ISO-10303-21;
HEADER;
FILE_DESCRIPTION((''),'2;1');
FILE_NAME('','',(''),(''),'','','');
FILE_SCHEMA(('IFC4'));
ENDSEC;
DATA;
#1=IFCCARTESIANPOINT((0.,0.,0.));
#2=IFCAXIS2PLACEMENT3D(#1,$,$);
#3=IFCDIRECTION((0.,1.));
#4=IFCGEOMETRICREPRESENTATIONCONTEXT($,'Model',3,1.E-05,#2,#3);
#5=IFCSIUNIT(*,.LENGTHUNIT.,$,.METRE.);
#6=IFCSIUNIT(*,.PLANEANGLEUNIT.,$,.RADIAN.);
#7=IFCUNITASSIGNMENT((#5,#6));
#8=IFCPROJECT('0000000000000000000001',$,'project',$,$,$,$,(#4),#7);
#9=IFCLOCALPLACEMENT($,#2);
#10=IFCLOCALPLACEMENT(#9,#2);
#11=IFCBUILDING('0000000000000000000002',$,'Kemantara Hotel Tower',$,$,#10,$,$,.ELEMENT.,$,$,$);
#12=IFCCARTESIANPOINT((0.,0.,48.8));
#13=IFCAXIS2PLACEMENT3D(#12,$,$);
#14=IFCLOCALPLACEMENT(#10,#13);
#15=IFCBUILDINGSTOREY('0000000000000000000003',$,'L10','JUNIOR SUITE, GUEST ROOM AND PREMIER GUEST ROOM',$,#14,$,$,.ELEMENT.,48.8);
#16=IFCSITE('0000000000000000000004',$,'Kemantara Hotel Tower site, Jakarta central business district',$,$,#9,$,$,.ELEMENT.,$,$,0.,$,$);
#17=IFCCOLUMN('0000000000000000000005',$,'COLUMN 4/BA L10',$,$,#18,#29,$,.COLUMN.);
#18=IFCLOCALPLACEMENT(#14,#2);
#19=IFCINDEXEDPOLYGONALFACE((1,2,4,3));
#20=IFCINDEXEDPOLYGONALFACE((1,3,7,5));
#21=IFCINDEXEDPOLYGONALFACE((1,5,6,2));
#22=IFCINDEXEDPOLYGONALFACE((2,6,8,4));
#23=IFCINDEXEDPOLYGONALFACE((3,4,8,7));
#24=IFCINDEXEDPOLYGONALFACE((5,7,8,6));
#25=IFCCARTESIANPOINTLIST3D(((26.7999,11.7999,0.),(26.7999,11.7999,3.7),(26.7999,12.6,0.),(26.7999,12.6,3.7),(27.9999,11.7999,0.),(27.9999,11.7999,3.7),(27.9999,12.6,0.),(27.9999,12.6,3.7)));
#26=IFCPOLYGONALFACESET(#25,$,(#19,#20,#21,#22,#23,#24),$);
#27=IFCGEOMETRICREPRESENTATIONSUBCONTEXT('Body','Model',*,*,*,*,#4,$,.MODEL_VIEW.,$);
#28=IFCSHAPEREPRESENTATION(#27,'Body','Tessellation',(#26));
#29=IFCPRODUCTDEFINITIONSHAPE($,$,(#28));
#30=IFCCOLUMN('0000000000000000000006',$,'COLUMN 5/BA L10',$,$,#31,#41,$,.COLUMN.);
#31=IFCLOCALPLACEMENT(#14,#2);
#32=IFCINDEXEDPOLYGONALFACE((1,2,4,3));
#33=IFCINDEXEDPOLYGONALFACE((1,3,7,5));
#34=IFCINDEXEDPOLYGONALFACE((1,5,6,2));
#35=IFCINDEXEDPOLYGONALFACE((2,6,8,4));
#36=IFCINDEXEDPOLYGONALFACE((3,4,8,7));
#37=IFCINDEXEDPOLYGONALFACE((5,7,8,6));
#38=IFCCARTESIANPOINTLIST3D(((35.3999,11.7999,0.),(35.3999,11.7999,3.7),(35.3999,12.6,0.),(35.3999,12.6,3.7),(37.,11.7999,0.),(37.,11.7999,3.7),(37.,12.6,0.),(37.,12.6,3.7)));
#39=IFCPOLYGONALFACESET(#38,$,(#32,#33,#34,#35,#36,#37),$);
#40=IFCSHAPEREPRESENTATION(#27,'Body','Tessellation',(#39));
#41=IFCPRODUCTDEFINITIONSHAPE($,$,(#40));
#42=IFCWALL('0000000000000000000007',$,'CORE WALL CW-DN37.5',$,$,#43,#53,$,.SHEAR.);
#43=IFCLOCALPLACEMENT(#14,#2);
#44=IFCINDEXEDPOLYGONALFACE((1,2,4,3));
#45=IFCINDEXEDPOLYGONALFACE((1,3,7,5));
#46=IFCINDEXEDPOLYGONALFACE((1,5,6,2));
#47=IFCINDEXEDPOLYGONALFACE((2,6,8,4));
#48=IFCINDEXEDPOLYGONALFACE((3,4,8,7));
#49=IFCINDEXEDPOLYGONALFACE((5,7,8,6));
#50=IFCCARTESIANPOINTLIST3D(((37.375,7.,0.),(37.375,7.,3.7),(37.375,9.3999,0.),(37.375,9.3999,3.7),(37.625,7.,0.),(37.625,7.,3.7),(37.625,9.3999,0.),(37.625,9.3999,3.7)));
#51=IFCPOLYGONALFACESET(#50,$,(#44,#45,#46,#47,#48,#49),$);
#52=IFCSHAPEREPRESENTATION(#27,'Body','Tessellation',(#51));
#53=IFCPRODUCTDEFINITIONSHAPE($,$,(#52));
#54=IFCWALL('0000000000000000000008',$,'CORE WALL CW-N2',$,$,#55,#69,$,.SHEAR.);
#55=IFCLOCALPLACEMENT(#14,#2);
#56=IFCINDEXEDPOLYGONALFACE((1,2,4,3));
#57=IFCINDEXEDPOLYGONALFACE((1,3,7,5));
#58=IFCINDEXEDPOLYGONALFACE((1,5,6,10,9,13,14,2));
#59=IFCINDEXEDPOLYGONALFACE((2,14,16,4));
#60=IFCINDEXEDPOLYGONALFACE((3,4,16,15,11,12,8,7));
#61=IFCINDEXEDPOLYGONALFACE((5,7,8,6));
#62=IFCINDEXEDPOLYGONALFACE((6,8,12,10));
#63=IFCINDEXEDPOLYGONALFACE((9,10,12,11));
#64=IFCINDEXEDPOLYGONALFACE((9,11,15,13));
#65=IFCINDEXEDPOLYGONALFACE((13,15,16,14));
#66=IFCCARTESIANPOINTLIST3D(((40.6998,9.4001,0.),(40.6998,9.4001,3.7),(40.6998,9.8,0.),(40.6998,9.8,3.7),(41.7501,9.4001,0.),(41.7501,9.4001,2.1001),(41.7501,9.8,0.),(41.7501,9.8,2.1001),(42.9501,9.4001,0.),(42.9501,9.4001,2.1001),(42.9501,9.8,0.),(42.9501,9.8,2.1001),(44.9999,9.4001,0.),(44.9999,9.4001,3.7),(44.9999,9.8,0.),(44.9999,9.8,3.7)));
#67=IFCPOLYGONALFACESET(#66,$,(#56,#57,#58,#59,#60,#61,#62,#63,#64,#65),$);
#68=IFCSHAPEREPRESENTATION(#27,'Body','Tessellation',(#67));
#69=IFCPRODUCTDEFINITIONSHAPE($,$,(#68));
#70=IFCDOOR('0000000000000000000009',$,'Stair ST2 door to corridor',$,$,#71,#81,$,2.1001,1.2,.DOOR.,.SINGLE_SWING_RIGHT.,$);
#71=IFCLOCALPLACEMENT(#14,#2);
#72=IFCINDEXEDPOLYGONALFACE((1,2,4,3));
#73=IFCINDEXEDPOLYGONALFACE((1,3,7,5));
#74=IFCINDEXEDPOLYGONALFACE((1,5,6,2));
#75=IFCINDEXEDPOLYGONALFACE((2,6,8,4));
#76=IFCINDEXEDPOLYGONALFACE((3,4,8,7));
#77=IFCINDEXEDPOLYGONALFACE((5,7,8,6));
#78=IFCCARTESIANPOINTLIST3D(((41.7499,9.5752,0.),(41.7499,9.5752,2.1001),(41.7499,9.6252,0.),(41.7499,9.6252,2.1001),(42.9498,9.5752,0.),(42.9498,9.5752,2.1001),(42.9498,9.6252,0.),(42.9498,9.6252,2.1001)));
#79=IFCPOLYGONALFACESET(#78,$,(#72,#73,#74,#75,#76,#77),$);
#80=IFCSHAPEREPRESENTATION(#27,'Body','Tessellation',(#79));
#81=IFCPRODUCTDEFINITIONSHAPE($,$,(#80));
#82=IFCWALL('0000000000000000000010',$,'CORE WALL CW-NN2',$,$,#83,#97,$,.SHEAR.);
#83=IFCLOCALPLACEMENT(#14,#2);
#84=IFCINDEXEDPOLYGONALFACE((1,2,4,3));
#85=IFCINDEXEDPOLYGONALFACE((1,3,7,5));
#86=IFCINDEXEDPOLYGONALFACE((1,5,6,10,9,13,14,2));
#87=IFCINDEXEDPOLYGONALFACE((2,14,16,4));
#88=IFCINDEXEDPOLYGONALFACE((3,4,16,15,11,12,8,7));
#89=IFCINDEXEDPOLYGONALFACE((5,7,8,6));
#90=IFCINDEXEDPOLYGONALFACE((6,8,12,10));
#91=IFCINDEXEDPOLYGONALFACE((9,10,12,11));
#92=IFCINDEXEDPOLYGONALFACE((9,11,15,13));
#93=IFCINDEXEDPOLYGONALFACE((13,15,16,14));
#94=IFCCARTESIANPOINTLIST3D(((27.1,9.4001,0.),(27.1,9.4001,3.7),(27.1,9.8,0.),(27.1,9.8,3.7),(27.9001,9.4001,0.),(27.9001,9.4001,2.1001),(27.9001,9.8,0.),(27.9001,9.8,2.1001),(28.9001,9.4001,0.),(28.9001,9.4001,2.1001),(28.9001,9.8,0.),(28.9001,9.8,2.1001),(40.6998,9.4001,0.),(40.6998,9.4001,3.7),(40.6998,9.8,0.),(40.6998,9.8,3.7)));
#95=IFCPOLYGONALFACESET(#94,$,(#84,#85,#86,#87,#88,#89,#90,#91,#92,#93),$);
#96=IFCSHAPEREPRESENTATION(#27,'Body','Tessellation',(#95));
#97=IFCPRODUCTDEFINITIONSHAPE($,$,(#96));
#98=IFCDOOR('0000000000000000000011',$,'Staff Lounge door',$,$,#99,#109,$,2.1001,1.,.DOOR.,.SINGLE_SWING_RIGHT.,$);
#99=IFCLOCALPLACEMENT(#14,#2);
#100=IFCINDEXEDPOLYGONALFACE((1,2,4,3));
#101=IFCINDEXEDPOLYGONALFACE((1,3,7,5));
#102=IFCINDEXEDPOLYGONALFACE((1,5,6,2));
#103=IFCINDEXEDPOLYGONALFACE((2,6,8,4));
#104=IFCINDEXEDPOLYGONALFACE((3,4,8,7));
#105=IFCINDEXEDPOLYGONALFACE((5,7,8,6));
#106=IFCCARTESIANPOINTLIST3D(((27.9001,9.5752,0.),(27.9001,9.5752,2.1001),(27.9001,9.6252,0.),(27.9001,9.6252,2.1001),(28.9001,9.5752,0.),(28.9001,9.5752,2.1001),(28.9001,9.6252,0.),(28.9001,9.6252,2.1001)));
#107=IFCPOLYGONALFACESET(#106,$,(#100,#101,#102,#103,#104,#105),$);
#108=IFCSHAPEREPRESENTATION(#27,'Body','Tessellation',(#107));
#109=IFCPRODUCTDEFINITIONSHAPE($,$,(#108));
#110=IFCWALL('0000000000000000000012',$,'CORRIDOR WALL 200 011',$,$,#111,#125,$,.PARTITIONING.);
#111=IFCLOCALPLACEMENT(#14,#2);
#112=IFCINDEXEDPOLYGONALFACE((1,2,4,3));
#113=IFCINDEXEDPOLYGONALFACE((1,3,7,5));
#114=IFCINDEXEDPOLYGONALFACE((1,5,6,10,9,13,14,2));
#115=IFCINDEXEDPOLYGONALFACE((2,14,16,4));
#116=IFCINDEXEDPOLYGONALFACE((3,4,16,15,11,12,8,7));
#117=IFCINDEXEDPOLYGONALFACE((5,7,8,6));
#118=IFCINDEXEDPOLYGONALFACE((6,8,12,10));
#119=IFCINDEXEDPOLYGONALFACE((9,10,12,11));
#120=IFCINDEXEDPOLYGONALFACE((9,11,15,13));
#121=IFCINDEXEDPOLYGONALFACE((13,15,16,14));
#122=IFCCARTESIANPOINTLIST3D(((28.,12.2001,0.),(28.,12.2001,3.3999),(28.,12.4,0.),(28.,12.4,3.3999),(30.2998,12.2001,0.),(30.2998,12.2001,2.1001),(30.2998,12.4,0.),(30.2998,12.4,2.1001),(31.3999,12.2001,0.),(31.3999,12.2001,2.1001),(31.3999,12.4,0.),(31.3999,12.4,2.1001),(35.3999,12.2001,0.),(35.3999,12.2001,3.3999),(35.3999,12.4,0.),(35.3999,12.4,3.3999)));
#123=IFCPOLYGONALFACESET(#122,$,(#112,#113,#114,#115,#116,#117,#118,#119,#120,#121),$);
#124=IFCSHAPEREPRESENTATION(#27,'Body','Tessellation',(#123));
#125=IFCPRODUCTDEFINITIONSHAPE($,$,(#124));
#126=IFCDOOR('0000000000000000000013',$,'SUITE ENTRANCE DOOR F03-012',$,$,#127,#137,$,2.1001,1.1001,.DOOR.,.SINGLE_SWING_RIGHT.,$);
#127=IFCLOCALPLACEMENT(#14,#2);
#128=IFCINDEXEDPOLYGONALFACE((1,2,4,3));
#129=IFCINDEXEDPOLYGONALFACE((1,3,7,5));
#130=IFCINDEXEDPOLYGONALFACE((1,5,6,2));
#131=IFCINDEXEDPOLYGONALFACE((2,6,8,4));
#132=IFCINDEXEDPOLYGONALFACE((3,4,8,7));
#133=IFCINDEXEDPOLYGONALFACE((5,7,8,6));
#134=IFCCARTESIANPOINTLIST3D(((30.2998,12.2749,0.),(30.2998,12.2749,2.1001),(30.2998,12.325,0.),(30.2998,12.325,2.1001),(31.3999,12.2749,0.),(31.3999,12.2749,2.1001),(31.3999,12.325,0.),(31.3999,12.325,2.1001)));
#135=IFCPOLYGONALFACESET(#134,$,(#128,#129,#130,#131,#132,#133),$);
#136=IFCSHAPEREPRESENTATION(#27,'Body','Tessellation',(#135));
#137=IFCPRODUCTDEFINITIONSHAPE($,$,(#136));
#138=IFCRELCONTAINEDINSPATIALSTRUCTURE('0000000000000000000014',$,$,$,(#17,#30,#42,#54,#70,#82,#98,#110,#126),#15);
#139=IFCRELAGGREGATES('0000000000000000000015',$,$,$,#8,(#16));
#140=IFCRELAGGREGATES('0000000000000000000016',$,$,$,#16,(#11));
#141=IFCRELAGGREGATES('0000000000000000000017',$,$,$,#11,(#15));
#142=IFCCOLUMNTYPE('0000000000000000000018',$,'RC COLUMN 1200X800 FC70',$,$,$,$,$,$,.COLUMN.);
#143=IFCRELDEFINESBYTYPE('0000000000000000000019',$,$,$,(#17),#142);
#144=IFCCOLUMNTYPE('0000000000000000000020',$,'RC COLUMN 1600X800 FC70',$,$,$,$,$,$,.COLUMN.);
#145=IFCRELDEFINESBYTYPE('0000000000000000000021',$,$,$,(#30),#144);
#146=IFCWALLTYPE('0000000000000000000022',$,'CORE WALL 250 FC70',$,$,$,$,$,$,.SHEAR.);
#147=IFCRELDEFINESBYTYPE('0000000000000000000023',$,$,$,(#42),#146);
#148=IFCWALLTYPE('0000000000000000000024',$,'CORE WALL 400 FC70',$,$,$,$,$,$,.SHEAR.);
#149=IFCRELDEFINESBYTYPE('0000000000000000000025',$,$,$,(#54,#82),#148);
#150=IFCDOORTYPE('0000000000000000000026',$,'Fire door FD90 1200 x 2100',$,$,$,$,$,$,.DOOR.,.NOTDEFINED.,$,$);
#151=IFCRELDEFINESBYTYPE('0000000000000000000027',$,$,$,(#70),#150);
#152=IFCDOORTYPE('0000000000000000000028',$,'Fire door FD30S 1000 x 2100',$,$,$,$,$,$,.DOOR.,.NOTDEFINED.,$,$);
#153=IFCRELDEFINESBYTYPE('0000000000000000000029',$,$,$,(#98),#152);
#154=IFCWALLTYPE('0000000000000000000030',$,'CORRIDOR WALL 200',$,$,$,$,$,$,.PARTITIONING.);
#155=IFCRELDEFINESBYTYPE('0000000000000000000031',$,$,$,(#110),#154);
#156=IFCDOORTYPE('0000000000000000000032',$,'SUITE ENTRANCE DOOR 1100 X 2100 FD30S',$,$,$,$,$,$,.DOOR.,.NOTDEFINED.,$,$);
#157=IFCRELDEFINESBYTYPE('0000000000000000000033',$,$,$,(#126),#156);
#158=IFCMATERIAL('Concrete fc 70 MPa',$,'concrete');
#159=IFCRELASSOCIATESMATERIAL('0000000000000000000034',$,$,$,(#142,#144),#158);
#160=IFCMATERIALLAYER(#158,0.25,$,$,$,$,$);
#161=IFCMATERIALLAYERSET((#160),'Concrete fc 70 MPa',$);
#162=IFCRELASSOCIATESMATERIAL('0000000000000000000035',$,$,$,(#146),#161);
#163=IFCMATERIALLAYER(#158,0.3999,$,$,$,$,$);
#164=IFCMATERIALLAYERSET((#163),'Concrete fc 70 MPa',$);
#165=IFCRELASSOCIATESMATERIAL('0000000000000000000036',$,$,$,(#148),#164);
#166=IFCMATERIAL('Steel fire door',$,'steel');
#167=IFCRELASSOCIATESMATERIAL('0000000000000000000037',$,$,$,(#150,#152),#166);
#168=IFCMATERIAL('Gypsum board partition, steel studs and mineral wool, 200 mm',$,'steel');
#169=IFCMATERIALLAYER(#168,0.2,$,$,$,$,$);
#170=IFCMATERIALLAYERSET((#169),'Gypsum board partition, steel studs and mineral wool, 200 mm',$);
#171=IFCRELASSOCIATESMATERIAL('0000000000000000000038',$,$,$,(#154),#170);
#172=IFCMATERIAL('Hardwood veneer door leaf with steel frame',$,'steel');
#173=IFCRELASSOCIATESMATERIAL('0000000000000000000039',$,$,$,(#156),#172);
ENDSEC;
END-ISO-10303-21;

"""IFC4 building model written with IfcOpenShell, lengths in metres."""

from ifc_helpers import new_model, si_unit, direction, frame, frame_2d, origin, origin_2d, place, context, subcontext, project, spatial, rectangle, extrude, material, layer, layer_set, material_profile, profile_set, type_object, element, fill, save


model = new_model("IFC4")

# Units and contexts
model_context = context("Model", 3, precision=1e-05, world=origin(), true_north=direction((0.0, 1.0)))
body_context = subcontext(model_context, "Body", "Model", "MODEL_VIEW")
ifc_project = project(units=[si_unit("LENGTHUNIT", "METRE"), si_unit("PLANEANGLEUNIT", "RADIAN")], contexts=[model_context])

# Site, building, storey
site_placement = place(None, origin())
site = spatial("IfcSite", under=ifc_project, at=site_placement, Name="Kemantara Hotel Tower site, Jakarta central business district", CompositionType="ELEMENT", RefElevation=0.0)
building_placement = place(site_placement, origin())
building = spatial("IfcBuilding", under=site, at=building_placement, Name="Kemantara Hotel Tower", CompositionType="ELEMENT")
storey_placement = place(building_placement, frame((0.0, 0.0, 48.8)))
storey = spatial("IfcBuildingStorey", under=building, at=storey_placement, Name="L10", Description="JUNIOR SUITE, GUEST ROOM AND PREMIER GUEST ROOM", CompositionType="ELEMENT", Elevation=48.8)

# Columns
ifc_material_1 = material(Name="Concrete fc 70 MPa", Category="concrete")
ifc_material_profile_1 = material_profile(ifc_material_1, rectangle(XDim=1.2, YDim=0.8, at=origin_2d()), Name="RC 1200X800")
ifc_profile_set_1 = profile_set([ifc_material_profile_1], Name="Concrete fc 70 MPa")
column_type_1 = type_object("IfcColumnType", Name="RC COLUMN 1200X800 FC70", PredefinedType="COLUMN", material=ifc_profile_set_1)
column_1_placement = place(storey_placement, frame((27.3999, 12.2, 0.0), z_axis=(0.0, 0.0, 1.0), x_axis=(1.0, 0.0, 0.0)))
element("IfcColumn", 1, at=column_1_placement, inside=storey, type_object=column_type_1, Name="COLUMN 4/BA L10", PredefinedType="COLUMN", context=body_context, shape_type="SweptSolid", body=[
    extrude(rectangle(XDim=1.2, YDim=0.8, at=origin_2d()), origin(), (0.0, 0.0, 1.0), 3.7),
])
ifc_material_profile_2 = material_profile(ifc_material_1, rectangle(XDim=1.6001, YDim=0.8, at=origin_2d()), Name="RC 1600X800")
ifc_profile_set_2 = profile_set([ifc_material_profile_2], Name="Concrete fc 70 MPa")
column_type_2 = type_object("IfcColumnType", Name="RC COLUMN 1600X800 FC70", PredefinedType="COLUMN", material=ifc_profile_set_2)
column_2_placement = place(storey_placement, frame((36.2, 12.2, 0.0), z_axis=(0.0, 0.0, 1.0), x_axis=(1.0, 0.0, 0.0)))
element("IfcColumn", 2, at=column_2_placement, inside=storey, type_object=column_type_2, Name="COLUMN 5/BA L10", PredefinedType="COLUMN", context=body_context, shape_type="SweptSolid", body=[
    extrude(rectangle(XDim=1.6001, YDim=0.8, at=origin_2d()), origin(), (0.0, 0.0, 1.0), 3.7),
])

# Wall
ifc_layer_1 = layer(ifc_material_1, 0.25)
ifc_layer_set_1 = layer_set([ifc_layer_1], Name="Concrete fc 70 MPa")
wall_type_1 = type_object("IfcWallType", Name="CORE WALL 250 FC70", PredefinedType="SHEAR", material=ifc_layer_set_1)
wall_1_placement = place(storey_placement, frame((37.5, 7.0, 0.0), z_axis=(0.0, 0.0, 1.0), x_axis=(0.0, 1.0, 0.0)))
element("IfcWall", 3, at=wall_1_placement, inside=storey, type_object=wall_type_1, Name="CORE WALL CW-DN37.5", PredefinedType="SHEAR", context=body_context, shape_type="SweptSolid", body=[
    extrude(rectangle(XDim=2.3999, YDim=0.25, at=frame_2d((1.2, 0.0))), origin(), (0.0, 0.0, 1.0), 3.7),
])

# Walls, openings, doors
ifc_layer_2 = layer(ifc_material_1, 0.3999)
ifc_layer_set_2 = layer_set([ifc_layer_2], Name="Concrete fc 70 MPa")
wall_type_2 = type_object("IfcWallType", Name="CORE WALL 400 FC70", PredefinedType="SHEAR", material=ifc_layer_set_2)
wall_2_placement = place(storey_placement, frame((40.7, 9.6001, 0.0), z_axis=(0.0, 0.0, 1.0), x_axis=(1.0, 0.0, 0.0)))
wall_2 = element("IfcWall", 4, at=wall_2_placement, inside=storey, type_object=wall_type_2, Name="CORE WALL CW-N2", PredefinedType="SHEAR", context=body_context, shape_type="SweptSolid", body=[
    extrude(rectangle(XDim=4.3, YDim=0.3999, at=frame_2d((2.1499, 0.0))), origin(), (0.0, 0.0, 1.0), 3.7),
])
opening_1_placement = place(wall_2_placement, frame((1.05, 0.0, 0.0)))
opening_1 = element("IfcOpeningElement", 5, at=opening_1_placement, cuts=wall_2, PredefinedType="OPENING", context=body_context, shape_type="SweptSolid", body=[
    extrude(rectangle(XDim=1.2, YDim=2.1001, at=frame_2d((0.6001, 1.05))), frame((0.0, 0.21, 0.0), z_axis=(0.0, -1.0, 0.0), x_axis=(1.0, 0.0, 0.0)), (0.0, 0.0, 1.0), 0.4199),
])
ifc_material_2 = material(Name="Steel fire door", Category="steel")
door_type_1 = type_object("IfcDoorType", Name="Fire door FD90 1200 x 2100", OperationType="NOTDEFINED", PredefinedType="DOOR", material=ifc_material_2)
door_1_placement = place(opening_1_placement, frame((1.2, 0.0, 0.0), z_axis=(0.0, 0.0, 1.0), x_axis=(-1.0, 0.0, 0.0)))
door_1 = element("IfcDoor", 6, at=door_1_placement, inside=storey, type_object=door_type_1, Name="Stair ST2 door to corridor", OperationType="SINGLE_SWING_RIGHT", OverallHeight=2.1001, OverallWidth=1.2, PredefinedType="DOOR", context=body_context, shape_type="SweptSolid", body=[
    extrude(rectangle(XDim=1.2, YDim=2.1001, at=frame_2d((0.6001, 1.05))), frame((0.0, 0.0249, 0.0), z_axis=(0.0, -1.0, 0.0), x_axis=(1.0, 0.0, 0.0)), (0.0, 0.0, 1.0), 0.05),
])
fill(opening_1, door_1)
wall_3_placement = place(storey_placement, frame((27.1001, 9.6001, 0.0), z_axis=(0.0, 0.0, 1.0), x_axis=(1.0, 0.0, 0.0)))
wall_3 = element("IfcWall", 7, at=wall_3_placement, inside=storey, type_object=wall_type_2, Name="CORE WALL CW-NN2", PredefinedType="SHEAR", context=body_context, shape_type="SweptSolid", body=[
    extrude(rectangle(XDim=13.5999, YDim=0.3999, at=frame_2d((6.7998, 0.0))), origin(), (0.0, 0.0, 1.0), 3.7),
])
opening_2_placement = place(wall_3_placement, frame((0.8, 0.0, 0.0)))
opening_2 = element("IfcOpeningElement", 8, at=opening_2_placement, cuts=wall_3, PredefinedType="OPENING", context=body_context, shape_type="SweptSolid", body=[
    extrude(rectangle(XDim=1.0, YDim=2.1001, at=frame_2d((0.5, 1.05))), frame((0.0, 0.21, 0.0), z_axis=(0.0, -1.0, 0.0), x_axis=(1.0, 0.0, 0.0)), (0.0, 0.0, 1.0), 0.4199),
])
door_type_2 = type_object("IfcDoorType", Name="Fire door FD30S 1000 x 2100", OperationType="NOTDEFINED", PredefinedType="DOOR", material=ifc_material_2)
door_2_placement = place(opening_2_placement, frame((1.0, 0.0, 0.0), z_axis=(0.0, 0.0, 1.0), x_axis=(-1.0, 0.0, 0.0)))
door_2 = element("IfcDoor", 9, at=door_2_placement, inside=storey, type_object=door_type_2, Name="Staff Lounge door", OperationType="SINGLE_SWING_RIGHT", OverallHeight=2.1001, OverallWidth=1.0, PredefinedType="DOOR", context=body_context, shape_type="SweptSolid", body=[
    extrude(rectangle(XDim=1.0, YDim=2.1001, at=frame_2d((0.5, 1.05))), frame((0.0, 0.0249, 0.0), z_axis=(0.0, -1.0, 0.0), x_axis=(1.0, 0.0, 0.0)), (0.0, 0.0, 1.0), 0.05),
])
fill(opening_2, door_2)
ifc_material_3 = material(Name="Gypsum board partition, steel studs and mineral wool, 200 mm", Category="steel")
ifc_layer_3 = layer(ifc_material_3, 0.2)
ifc_layer_set_3 = layer_set([ifc_layer_3], Name="Gypsum board partition, steel studs and mineral wool, 200 mm")
wall_type_3 = type_object("IfcWallType", Name="CORRIDOR WALL 200", PredefinedType="PARTITIONING", material=ifc_layer_set_3)
wall_4_placement = place(storey_placement, frame((28.0, 12.3, 0.0), z_axis=(0.0, 0.0, 1.0), x_axis=(1.0, 0.0, 0.0)))
wall_4 = element("IfcWall", 10, at=wall_4_placement, inside=storey, type_object=wall_type_3, Name="CORRIDOR WALL 200 011", PredefinedType="PARTITIONING", context=body_context, shape_type="SweptSolid", body=[
    extrude(rectangle(XDim=7.3999, YDim=0.2, at=frame_2d((3.7, 0.0))), origin(), (0.0, 0.0, 1.0), 3.3999),
])
opening_3_placement = place(wall_4_placement, frame((2.2998, 0.0, 0.0)))
opening_3 = element("IfcOpeningElement", 11, at=opening_3_placement, cuts=wall_4, PredefinedType="OPENING", context=body_context, shape_type="SweptSolid", body=[
    extrude(rectangle(XDim=1.1001, YDim=2.1001, at=frame_2d((0.55, 1.05))), frame((0.0, 0.1099, 0.0), z_axis=(0.0, -1.0, 0.0), x_axis=(1.0, 0.0, 0.0)), (0.0, 0.0, 1.0), 0.22),
])
ifc_material_4 = material(Name="Hardwood veneer door leaf with steel frame", Category="steel")
door_type_3 = type_object("IfcDoorType", Name="SUITE ENTRANCE DOOR 1100 X 2100 FD30S", OperationType="NOTDEFINED", PredefinedType="DOOR", material=ifc_material_4)
door_3_placement = place(opening_3_placement, origin())
door_3 = element("IfcDoor", 12, at=door_3_placement, inside=storey, type_object=door_type_3, Name="SUITE ENTRANCE DOOR F03-012", OperationType="SINGLE_SWING_RIGHT", OverallHeight=2.1001, OverallWidth=1.1001, PredefinedType="DOOR", context=body_context, shape_type="SweptSolid", body=[
    extrude(rectangle(XDim=1.1001, YDim=2.1001, at=frame_2d((0.55, 1.05))), frame((0.0, 0.0249, 0.0), z_axis=(0.0, -1.0, 0.0), x_axis=(1.0, 0.0, 0.0)), (0.0, 0.0, 1.0), 0.05),
])
fill(opening_3, door_3)

save(model, "model.ifc")
